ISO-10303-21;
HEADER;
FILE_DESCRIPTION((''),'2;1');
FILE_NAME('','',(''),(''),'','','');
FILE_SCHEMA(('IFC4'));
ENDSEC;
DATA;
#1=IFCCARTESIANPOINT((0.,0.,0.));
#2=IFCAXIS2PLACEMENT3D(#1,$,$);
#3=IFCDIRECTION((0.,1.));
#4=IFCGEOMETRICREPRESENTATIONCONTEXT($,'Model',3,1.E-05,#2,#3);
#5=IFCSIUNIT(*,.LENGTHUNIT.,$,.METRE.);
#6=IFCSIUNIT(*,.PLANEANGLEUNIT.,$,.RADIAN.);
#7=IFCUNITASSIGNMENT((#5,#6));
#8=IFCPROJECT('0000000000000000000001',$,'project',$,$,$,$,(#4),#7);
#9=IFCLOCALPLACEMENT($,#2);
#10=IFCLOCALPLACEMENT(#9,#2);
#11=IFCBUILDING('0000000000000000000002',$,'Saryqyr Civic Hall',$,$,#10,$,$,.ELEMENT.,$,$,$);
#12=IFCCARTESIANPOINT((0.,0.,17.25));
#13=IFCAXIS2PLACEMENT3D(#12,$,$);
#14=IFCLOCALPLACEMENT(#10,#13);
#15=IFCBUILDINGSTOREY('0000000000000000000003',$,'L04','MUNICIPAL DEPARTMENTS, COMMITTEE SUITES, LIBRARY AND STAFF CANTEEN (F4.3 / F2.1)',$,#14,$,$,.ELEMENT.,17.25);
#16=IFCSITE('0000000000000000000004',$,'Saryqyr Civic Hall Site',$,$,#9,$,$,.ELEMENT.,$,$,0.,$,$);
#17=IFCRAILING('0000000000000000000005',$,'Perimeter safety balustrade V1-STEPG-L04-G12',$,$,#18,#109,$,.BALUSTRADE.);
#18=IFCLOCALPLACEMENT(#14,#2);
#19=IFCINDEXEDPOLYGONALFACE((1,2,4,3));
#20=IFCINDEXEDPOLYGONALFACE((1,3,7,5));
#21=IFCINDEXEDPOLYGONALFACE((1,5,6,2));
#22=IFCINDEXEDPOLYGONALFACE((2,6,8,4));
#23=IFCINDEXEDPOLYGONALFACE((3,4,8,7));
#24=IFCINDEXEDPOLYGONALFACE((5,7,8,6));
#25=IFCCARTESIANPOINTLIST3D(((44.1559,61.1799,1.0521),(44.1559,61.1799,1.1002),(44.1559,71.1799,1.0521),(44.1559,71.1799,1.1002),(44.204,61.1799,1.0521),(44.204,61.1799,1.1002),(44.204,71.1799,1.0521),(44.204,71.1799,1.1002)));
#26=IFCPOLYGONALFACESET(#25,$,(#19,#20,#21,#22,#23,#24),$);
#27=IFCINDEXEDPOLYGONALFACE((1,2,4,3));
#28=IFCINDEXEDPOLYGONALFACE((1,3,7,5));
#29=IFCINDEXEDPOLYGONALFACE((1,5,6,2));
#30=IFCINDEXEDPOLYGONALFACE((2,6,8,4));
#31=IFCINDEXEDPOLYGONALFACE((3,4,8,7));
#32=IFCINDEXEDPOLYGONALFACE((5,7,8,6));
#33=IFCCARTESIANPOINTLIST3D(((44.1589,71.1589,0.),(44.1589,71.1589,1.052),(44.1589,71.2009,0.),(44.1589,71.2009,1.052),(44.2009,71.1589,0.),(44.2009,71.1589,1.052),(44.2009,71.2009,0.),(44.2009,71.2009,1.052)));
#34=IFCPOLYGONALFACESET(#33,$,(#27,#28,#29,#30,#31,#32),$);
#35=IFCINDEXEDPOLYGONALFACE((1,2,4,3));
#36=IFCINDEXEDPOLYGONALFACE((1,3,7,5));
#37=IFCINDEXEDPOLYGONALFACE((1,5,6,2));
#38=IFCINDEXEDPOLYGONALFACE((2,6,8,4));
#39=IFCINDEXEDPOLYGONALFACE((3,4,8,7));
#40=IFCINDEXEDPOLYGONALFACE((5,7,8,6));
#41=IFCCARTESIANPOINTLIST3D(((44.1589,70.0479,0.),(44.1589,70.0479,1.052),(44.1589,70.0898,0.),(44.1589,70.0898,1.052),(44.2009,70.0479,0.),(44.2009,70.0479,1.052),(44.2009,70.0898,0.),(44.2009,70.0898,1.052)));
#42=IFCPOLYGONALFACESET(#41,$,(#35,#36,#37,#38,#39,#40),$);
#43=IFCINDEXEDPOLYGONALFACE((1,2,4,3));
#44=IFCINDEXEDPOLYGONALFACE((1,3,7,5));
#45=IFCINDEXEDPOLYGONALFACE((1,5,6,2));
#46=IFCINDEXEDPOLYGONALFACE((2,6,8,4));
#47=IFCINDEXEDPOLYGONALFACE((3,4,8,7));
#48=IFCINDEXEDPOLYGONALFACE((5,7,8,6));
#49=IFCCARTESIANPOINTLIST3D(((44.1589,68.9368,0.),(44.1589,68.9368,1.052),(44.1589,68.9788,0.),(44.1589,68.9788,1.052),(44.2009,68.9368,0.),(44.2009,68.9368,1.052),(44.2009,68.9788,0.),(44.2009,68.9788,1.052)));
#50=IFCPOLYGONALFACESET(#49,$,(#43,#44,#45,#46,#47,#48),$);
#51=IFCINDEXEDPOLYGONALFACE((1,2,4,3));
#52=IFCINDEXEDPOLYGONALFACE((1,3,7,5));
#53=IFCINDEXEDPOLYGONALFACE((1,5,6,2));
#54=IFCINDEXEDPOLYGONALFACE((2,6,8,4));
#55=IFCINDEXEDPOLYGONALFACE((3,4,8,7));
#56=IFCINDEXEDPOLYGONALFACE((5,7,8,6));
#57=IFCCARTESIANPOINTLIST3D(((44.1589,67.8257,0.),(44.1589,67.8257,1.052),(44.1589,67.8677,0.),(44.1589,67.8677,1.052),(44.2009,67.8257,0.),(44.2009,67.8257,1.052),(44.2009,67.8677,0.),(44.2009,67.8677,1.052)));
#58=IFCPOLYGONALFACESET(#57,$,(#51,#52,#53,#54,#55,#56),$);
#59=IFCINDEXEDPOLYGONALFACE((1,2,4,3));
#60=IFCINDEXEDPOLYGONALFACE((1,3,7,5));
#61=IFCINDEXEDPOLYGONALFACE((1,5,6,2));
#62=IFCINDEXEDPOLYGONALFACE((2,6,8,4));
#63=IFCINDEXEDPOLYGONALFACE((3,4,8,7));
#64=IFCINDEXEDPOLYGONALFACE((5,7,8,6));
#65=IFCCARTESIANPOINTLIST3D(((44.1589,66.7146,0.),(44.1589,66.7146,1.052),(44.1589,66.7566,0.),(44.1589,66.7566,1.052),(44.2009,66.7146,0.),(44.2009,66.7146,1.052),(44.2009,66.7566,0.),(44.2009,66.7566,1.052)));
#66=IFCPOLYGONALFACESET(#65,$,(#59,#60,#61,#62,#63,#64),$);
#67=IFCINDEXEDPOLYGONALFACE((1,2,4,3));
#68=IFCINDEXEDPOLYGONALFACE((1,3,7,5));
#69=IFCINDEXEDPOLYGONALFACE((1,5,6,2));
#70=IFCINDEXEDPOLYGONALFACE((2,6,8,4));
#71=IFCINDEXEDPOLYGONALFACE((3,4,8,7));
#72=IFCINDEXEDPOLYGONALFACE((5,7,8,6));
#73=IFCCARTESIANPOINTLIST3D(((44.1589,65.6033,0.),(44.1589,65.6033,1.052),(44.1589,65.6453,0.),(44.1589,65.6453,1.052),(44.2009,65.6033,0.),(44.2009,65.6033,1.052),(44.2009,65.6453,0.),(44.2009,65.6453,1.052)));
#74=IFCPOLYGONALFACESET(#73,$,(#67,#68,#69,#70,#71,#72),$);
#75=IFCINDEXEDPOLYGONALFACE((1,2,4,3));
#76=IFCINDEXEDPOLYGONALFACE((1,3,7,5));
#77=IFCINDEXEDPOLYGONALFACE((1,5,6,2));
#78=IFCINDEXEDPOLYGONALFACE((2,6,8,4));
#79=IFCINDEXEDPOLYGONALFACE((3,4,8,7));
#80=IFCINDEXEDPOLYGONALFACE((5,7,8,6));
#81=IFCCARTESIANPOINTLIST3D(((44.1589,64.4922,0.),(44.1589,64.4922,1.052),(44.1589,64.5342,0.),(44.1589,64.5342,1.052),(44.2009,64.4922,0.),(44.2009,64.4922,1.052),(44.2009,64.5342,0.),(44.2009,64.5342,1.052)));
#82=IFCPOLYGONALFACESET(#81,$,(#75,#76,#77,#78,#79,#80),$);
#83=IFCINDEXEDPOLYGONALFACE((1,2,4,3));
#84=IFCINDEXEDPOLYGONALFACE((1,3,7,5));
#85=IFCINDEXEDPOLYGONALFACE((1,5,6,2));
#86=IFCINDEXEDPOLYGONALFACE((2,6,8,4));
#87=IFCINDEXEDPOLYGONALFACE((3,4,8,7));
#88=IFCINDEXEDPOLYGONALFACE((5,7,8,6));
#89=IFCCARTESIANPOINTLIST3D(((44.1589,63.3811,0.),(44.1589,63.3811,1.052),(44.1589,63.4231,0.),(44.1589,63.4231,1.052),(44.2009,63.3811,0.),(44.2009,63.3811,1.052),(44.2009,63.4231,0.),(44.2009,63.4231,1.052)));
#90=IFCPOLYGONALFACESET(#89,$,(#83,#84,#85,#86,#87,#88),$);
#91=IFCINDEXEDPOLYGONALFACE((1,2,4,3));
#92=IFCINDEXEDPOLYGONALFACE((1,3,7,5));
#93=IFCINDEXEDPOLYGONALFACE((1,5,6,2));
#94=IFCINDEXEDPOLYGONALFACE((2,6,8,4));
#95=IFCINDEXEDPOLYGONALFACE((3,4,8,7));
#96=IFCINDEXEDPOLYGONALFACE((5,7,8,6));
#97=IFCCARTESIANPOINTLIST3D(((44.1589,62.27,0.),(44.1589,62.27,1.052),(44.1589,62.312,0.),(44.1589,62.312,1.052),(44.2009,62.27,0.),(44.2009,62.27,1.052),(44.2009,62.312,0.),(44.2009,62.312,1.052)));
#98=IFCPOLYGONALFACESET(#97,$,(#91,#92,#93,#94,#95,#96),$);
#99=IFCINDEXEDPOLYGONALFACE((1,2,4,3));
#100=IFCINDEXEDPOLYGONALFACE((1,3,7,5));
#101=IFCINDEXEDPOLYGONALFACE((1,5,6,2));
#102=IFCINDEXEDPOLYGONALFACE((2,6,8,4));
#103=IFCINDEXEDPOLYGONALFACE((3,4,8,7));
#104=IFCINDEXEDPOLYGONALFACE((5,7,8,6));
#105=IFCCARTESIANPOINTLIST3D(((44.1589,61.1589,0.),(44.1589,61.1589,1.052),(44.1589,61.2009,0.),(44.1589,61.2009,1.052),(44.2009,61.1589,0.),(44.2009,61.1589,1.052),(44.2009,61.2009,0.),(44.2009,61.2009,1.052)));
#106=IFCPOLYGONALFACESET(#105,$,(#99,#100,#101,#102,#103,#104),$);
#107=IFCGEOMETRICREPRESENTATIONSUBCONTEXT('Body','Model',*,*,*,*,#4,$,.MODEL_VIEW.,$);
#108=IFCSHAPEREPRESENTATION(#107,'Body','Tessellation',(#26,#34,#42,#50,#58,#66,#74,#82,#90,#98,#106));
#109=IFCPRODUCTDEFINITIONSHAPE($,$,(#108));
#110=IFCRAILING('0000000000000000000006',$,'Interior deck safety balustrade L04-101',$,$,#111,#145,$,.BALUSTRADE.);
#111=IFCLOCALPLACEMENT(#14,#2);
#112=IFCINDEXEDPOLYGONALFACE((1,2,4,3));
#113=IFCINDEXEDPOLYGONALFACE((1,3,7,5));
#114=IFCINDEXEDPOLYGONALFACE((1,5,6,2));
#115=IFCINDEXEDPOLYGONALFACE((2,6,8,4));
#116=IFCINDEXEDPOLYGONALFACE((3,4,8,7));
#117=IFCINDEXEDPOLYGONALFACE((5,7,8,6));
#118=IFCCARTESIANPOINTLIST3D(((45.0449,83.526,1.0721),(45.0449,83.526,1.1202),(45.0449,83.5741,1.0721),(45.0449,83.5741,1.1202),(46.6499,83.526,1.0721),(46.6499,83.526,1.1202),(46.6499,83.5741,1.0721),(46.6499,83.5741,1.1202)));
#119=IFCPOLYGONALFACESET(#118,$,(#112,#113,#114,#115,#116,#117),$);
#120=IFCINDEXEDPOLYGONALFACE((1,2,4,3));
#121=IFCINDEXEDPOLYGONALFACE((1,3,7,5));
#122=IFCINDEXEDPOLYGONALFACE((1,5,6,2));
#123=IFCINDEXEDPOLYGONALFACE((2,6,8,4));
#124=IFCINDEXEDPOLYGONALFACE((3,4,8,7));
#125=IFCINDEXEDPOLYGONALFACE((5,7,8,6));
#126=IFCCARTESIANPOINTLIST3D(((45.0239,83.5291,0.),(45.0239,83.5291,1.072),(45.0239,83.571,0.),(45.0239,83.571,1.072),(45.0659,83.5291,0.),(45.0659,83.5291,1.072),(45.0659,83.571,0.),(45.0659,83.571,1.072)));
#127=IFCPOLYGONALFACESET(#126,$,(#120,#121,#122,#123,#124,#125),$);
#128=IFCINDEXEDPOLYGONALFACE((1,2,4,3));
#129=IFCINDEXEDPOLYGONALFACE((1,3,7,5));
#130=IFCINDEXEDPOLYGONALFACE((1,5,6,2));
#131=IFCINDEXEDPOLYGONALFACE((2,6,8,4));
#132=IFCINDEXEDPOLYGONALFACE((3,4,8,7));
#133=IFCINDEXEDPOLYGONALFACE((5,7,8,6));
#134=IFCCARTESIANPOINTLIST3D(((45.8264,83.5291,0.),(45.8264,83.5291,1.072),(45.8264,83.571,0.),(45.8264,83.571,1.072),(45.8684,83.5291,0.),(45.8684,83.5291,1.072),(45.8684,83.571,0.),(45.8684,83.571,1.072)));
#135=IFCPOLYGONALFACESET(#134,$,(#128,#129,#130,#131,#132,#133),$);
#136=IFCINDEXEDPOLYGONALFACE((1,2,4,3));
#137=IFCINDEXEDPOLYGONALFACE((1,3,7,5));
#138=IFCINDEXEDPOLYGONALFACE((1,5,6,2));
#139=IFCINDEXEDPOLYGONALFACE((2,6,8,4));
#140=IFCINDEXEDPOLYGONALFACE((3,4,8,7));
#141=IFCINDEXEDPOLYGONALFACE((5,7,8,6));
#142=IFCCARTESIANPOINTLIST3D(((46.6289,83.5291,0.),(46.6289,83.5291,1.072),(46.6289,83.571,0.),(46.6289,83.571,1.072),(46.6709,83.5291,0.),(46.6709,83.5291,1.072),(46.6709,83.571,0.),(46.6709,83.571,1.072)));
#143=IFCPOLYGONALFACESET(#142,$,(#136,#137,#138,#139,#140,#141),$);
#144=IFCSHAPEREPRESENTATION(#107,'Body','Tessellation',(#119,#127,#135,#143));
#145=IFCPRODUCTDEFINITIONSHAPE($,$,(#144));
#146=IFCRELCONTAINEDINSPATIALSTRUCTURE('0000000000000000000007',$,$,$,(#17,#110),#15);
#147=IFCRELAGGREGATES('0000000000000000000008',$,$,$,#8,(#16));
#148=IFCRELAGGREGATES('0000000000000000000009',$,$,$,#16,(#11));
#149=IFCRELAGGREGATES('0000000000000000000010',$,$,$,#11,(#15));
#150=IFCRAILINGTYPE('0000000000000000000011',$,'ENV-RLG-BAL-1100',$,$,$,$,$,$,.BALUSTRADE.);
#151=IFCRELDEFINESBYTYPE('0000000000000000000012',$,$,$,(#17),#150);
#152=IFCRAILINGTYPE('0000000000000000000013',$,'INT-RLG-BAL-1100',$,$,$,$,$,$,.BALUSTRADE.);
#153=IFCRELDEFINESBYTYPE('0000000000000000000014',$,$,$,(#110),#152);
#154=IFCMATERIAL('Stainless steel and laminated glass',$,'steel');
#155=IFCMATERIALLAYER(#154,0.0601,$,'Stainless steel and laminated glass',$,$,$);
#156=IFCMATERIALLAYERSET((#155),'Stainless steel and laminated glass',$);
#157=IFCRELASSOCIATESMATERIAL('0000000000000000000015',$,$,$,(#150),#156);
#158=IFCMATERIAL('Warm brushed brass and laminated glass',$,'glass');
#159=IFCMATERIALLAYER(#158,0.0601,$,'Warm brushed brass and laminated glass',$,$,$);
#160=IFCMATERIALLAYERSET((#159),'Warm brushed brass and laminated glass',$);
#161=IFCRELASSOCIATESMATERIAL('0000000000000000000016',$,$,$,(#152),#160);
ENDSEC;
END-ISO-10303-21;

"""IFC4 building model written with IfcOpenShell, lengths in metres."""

from ifc_helpers import new_model, si_unit, direction, frame, origin, origin_2d, place, context, subcontext, project, spatial, rectangle, extrude, material, layer, layer_set, type_object, element, save


model = new_model("IFC4")

# Units and contexts
model_context = context("Model", 3, precision=1e-05, world=origin(), true_north=direction((0.0, 1.0)))
body_context = subcontext(model_context, "Body", "Model", "MODEL_VIEW")
ifc_project = project(units=[si_unit("LENGTHUNIT", "METRE"), si_unit("PLANEANGLEUNIT", "RADIAN")], contexts=[model_context])

# Site, building, storey
site_placement = place(None, origin())
site = spatial("IfcSite", under=ifc_project, at=site_placement, Name="Saryqyr Civic Hall Site", CompositionType="ELEMENT", RefElevation=0.0)
building_placement = place(site_placement, origin())
building = spatial("IfcBuilding", under=site, at=building_placement, Name="Saryqyr Civic Hall", CompositionType="ELEMENT")
storey_placement = place(building_placement, frame((0.0, 0.0, 17.25)))
storey = spatial("IfcBuildingStorey", under=building, at=storey_placement, Name="L04", Description="MUNICIPAL DEPARTMENTS, COMMITTEE SUITES, LIBRARY AND STAFF CANTEEN (F4.3 / F2.1)", CompositionType="ELEMENT", Elevation=17.25)

# Railings
ifc_material_1 = material(Name="Stainless steel and laminated glass", Category="steel")
ifc_layer_1 = layer(ifc_material_1, 0.0601, Name="Stainless steel and laminated glass")
ifc_layer_set_1 = layer_set([ifc_layer_1], Name="Stainless steel and laminated glass")
railing_type_1 = type_object("IfcRailingType", Name="ENV-RLG-BAL-1100", PredefinedType="BALUSTRADE", material=ifc_layer_set_1)
railing_1_placement = place(storey_placement, frame((44.1799, 71.1799, 0.0)))
element("IfcRailing", 1, at=railing_1_placement, inside=storey, type_object=railing_type_1, Name="Perimeter safety balustrade V1-STEPG-L04-G12", PredefinedType="BALUSTRADE", context=body_context, shape_type="SweptSolid", body=[
    extrude(rectangle(XDim=0.0481, YDim=0.0481, at=origin_2d()), frame((0.0, 0.0, 1.0762), z_axis=(0.0, -1.0, 0.0), x_axis=(1.0, 0.0, 0.0)), (0.0, 0.0, 1.0), 10.0),
    extrude(rectangle(XDim=0.042, YDim=0.042, at=origin_2d()), origin(), (0.0, 0.0, 1.0), 1.052),
    extrude(rectangle(XDim=0.042, YDim=0.042, at=origin_2d()), frame((0.0, -1.1111, 0.0)), (0.0, 0.0, 1.0), 1.052),
    extrude(rectangle(XDim=0.042, YDim=0.042, at=origin_2d()), frame((0.0, -2.2222, 0.0)), (0.0, 0.0, 1.0), 1.052),
    extrude(rectangle(XDim=0.042, YDim=0.042, at=origin_2d()), frame((0.0, -3.3333, 0.0)), (0.0, 0.0, 1.0), 1.052),
    extrude(rectangle(XDim=0.042, YDim=0.042, at=origin_2d()), frame((0.0, -4.4443, 0.0)), (0.0, 0.0, 1.0), 1.052),
    extrude(rectangle(XDim=0.042, YDim=0.042, at=origin_2d()), frame((0.0, -5.5557, 0.0)), (0.0, 0.0, 1.0), 1.052),
    extrude(rectangle(XDim=0.042, YDim=0.042, at=origin_2d()), frame((0.0, -6.6667, 0.0)), (0.0, 0.0, 1.0), 1.052),
    extrude(rectangle(XDim=0.042, YDim=0.042, at=origin_2d()), frame((0.0, -7.7778, 0.0)), (0.0, 0.0, 1.0), 1.052),
    extrude(rectangle(XDim=0.042, YDim=0.042, at=origin_2d()), frame((0.0, -8.8889, 0.0)), (0.0, 0.0, 1.0), 1.052),
    extrude(rectangle(XDim=0.042, YDim=0.042, at=origin_2d()), frame((0.0, -10.0, 0.0)), (0.0, 0.0, 1.0), 1.052),
])
ifc_material_2 = material(Name="Warm brushed brass and laminated glass", Category="glass")
ifc_layer_2 = layer(ifc_material_2, 0.0601, Name="Warm brushed brass and laminated glass")
ifc_layer_set_2 = layer_set([ifc_layer_2], Name="Warm brushed brass and laminated glass")
railing_type_2 = type_object("IfcRailingType", Name="INT-RLG-BAL-1100", PredefinedType="BALUSTRADE", material=ifc_layer_set_2)
railing_2_placement = place(storey_placement, frame((45.0449, 83.55, 0.0)))
element("IfcRailing", 2, at=railing_2_placement, inside=storey, type_object=railing_type_2, Name="Interior deck safety balustrade L04-101", PredefinedType="BALUSTRADE", context=body_context, shape_type="SweptSolid", body=[
    extrude(rectangle(XDim=0.0481, YDim=0.0481, at=origin_2d()), frame((0.0, 0.0, 1.0962), z_axis=(1.0, 0.0, 0.0), x_axis=(0.0, 1.0, 0.0)), (0.0, 0.0, 1.0), 1.605),
    extrude(rectangle(XDim=0.042, YDim=0.042, at=origin_2d()), origin(), (0.0, 0.0, 1.0), 1.072),
    extrude(rectangle(XDim=0.042, YDim=0.042, at=origin_2d()), frame((0.8025, 0.0, 0.0)), (0.0, 0.0, 1.0), 1.072),
    extrude(rectangle(XDim=0.042, YDim=0.042, at=origin_2d()), frame((1.605, 0.0, 0.0)), (0.0, 0.0, 1.0), 1.072),
])

save(model, "model.ifc")
